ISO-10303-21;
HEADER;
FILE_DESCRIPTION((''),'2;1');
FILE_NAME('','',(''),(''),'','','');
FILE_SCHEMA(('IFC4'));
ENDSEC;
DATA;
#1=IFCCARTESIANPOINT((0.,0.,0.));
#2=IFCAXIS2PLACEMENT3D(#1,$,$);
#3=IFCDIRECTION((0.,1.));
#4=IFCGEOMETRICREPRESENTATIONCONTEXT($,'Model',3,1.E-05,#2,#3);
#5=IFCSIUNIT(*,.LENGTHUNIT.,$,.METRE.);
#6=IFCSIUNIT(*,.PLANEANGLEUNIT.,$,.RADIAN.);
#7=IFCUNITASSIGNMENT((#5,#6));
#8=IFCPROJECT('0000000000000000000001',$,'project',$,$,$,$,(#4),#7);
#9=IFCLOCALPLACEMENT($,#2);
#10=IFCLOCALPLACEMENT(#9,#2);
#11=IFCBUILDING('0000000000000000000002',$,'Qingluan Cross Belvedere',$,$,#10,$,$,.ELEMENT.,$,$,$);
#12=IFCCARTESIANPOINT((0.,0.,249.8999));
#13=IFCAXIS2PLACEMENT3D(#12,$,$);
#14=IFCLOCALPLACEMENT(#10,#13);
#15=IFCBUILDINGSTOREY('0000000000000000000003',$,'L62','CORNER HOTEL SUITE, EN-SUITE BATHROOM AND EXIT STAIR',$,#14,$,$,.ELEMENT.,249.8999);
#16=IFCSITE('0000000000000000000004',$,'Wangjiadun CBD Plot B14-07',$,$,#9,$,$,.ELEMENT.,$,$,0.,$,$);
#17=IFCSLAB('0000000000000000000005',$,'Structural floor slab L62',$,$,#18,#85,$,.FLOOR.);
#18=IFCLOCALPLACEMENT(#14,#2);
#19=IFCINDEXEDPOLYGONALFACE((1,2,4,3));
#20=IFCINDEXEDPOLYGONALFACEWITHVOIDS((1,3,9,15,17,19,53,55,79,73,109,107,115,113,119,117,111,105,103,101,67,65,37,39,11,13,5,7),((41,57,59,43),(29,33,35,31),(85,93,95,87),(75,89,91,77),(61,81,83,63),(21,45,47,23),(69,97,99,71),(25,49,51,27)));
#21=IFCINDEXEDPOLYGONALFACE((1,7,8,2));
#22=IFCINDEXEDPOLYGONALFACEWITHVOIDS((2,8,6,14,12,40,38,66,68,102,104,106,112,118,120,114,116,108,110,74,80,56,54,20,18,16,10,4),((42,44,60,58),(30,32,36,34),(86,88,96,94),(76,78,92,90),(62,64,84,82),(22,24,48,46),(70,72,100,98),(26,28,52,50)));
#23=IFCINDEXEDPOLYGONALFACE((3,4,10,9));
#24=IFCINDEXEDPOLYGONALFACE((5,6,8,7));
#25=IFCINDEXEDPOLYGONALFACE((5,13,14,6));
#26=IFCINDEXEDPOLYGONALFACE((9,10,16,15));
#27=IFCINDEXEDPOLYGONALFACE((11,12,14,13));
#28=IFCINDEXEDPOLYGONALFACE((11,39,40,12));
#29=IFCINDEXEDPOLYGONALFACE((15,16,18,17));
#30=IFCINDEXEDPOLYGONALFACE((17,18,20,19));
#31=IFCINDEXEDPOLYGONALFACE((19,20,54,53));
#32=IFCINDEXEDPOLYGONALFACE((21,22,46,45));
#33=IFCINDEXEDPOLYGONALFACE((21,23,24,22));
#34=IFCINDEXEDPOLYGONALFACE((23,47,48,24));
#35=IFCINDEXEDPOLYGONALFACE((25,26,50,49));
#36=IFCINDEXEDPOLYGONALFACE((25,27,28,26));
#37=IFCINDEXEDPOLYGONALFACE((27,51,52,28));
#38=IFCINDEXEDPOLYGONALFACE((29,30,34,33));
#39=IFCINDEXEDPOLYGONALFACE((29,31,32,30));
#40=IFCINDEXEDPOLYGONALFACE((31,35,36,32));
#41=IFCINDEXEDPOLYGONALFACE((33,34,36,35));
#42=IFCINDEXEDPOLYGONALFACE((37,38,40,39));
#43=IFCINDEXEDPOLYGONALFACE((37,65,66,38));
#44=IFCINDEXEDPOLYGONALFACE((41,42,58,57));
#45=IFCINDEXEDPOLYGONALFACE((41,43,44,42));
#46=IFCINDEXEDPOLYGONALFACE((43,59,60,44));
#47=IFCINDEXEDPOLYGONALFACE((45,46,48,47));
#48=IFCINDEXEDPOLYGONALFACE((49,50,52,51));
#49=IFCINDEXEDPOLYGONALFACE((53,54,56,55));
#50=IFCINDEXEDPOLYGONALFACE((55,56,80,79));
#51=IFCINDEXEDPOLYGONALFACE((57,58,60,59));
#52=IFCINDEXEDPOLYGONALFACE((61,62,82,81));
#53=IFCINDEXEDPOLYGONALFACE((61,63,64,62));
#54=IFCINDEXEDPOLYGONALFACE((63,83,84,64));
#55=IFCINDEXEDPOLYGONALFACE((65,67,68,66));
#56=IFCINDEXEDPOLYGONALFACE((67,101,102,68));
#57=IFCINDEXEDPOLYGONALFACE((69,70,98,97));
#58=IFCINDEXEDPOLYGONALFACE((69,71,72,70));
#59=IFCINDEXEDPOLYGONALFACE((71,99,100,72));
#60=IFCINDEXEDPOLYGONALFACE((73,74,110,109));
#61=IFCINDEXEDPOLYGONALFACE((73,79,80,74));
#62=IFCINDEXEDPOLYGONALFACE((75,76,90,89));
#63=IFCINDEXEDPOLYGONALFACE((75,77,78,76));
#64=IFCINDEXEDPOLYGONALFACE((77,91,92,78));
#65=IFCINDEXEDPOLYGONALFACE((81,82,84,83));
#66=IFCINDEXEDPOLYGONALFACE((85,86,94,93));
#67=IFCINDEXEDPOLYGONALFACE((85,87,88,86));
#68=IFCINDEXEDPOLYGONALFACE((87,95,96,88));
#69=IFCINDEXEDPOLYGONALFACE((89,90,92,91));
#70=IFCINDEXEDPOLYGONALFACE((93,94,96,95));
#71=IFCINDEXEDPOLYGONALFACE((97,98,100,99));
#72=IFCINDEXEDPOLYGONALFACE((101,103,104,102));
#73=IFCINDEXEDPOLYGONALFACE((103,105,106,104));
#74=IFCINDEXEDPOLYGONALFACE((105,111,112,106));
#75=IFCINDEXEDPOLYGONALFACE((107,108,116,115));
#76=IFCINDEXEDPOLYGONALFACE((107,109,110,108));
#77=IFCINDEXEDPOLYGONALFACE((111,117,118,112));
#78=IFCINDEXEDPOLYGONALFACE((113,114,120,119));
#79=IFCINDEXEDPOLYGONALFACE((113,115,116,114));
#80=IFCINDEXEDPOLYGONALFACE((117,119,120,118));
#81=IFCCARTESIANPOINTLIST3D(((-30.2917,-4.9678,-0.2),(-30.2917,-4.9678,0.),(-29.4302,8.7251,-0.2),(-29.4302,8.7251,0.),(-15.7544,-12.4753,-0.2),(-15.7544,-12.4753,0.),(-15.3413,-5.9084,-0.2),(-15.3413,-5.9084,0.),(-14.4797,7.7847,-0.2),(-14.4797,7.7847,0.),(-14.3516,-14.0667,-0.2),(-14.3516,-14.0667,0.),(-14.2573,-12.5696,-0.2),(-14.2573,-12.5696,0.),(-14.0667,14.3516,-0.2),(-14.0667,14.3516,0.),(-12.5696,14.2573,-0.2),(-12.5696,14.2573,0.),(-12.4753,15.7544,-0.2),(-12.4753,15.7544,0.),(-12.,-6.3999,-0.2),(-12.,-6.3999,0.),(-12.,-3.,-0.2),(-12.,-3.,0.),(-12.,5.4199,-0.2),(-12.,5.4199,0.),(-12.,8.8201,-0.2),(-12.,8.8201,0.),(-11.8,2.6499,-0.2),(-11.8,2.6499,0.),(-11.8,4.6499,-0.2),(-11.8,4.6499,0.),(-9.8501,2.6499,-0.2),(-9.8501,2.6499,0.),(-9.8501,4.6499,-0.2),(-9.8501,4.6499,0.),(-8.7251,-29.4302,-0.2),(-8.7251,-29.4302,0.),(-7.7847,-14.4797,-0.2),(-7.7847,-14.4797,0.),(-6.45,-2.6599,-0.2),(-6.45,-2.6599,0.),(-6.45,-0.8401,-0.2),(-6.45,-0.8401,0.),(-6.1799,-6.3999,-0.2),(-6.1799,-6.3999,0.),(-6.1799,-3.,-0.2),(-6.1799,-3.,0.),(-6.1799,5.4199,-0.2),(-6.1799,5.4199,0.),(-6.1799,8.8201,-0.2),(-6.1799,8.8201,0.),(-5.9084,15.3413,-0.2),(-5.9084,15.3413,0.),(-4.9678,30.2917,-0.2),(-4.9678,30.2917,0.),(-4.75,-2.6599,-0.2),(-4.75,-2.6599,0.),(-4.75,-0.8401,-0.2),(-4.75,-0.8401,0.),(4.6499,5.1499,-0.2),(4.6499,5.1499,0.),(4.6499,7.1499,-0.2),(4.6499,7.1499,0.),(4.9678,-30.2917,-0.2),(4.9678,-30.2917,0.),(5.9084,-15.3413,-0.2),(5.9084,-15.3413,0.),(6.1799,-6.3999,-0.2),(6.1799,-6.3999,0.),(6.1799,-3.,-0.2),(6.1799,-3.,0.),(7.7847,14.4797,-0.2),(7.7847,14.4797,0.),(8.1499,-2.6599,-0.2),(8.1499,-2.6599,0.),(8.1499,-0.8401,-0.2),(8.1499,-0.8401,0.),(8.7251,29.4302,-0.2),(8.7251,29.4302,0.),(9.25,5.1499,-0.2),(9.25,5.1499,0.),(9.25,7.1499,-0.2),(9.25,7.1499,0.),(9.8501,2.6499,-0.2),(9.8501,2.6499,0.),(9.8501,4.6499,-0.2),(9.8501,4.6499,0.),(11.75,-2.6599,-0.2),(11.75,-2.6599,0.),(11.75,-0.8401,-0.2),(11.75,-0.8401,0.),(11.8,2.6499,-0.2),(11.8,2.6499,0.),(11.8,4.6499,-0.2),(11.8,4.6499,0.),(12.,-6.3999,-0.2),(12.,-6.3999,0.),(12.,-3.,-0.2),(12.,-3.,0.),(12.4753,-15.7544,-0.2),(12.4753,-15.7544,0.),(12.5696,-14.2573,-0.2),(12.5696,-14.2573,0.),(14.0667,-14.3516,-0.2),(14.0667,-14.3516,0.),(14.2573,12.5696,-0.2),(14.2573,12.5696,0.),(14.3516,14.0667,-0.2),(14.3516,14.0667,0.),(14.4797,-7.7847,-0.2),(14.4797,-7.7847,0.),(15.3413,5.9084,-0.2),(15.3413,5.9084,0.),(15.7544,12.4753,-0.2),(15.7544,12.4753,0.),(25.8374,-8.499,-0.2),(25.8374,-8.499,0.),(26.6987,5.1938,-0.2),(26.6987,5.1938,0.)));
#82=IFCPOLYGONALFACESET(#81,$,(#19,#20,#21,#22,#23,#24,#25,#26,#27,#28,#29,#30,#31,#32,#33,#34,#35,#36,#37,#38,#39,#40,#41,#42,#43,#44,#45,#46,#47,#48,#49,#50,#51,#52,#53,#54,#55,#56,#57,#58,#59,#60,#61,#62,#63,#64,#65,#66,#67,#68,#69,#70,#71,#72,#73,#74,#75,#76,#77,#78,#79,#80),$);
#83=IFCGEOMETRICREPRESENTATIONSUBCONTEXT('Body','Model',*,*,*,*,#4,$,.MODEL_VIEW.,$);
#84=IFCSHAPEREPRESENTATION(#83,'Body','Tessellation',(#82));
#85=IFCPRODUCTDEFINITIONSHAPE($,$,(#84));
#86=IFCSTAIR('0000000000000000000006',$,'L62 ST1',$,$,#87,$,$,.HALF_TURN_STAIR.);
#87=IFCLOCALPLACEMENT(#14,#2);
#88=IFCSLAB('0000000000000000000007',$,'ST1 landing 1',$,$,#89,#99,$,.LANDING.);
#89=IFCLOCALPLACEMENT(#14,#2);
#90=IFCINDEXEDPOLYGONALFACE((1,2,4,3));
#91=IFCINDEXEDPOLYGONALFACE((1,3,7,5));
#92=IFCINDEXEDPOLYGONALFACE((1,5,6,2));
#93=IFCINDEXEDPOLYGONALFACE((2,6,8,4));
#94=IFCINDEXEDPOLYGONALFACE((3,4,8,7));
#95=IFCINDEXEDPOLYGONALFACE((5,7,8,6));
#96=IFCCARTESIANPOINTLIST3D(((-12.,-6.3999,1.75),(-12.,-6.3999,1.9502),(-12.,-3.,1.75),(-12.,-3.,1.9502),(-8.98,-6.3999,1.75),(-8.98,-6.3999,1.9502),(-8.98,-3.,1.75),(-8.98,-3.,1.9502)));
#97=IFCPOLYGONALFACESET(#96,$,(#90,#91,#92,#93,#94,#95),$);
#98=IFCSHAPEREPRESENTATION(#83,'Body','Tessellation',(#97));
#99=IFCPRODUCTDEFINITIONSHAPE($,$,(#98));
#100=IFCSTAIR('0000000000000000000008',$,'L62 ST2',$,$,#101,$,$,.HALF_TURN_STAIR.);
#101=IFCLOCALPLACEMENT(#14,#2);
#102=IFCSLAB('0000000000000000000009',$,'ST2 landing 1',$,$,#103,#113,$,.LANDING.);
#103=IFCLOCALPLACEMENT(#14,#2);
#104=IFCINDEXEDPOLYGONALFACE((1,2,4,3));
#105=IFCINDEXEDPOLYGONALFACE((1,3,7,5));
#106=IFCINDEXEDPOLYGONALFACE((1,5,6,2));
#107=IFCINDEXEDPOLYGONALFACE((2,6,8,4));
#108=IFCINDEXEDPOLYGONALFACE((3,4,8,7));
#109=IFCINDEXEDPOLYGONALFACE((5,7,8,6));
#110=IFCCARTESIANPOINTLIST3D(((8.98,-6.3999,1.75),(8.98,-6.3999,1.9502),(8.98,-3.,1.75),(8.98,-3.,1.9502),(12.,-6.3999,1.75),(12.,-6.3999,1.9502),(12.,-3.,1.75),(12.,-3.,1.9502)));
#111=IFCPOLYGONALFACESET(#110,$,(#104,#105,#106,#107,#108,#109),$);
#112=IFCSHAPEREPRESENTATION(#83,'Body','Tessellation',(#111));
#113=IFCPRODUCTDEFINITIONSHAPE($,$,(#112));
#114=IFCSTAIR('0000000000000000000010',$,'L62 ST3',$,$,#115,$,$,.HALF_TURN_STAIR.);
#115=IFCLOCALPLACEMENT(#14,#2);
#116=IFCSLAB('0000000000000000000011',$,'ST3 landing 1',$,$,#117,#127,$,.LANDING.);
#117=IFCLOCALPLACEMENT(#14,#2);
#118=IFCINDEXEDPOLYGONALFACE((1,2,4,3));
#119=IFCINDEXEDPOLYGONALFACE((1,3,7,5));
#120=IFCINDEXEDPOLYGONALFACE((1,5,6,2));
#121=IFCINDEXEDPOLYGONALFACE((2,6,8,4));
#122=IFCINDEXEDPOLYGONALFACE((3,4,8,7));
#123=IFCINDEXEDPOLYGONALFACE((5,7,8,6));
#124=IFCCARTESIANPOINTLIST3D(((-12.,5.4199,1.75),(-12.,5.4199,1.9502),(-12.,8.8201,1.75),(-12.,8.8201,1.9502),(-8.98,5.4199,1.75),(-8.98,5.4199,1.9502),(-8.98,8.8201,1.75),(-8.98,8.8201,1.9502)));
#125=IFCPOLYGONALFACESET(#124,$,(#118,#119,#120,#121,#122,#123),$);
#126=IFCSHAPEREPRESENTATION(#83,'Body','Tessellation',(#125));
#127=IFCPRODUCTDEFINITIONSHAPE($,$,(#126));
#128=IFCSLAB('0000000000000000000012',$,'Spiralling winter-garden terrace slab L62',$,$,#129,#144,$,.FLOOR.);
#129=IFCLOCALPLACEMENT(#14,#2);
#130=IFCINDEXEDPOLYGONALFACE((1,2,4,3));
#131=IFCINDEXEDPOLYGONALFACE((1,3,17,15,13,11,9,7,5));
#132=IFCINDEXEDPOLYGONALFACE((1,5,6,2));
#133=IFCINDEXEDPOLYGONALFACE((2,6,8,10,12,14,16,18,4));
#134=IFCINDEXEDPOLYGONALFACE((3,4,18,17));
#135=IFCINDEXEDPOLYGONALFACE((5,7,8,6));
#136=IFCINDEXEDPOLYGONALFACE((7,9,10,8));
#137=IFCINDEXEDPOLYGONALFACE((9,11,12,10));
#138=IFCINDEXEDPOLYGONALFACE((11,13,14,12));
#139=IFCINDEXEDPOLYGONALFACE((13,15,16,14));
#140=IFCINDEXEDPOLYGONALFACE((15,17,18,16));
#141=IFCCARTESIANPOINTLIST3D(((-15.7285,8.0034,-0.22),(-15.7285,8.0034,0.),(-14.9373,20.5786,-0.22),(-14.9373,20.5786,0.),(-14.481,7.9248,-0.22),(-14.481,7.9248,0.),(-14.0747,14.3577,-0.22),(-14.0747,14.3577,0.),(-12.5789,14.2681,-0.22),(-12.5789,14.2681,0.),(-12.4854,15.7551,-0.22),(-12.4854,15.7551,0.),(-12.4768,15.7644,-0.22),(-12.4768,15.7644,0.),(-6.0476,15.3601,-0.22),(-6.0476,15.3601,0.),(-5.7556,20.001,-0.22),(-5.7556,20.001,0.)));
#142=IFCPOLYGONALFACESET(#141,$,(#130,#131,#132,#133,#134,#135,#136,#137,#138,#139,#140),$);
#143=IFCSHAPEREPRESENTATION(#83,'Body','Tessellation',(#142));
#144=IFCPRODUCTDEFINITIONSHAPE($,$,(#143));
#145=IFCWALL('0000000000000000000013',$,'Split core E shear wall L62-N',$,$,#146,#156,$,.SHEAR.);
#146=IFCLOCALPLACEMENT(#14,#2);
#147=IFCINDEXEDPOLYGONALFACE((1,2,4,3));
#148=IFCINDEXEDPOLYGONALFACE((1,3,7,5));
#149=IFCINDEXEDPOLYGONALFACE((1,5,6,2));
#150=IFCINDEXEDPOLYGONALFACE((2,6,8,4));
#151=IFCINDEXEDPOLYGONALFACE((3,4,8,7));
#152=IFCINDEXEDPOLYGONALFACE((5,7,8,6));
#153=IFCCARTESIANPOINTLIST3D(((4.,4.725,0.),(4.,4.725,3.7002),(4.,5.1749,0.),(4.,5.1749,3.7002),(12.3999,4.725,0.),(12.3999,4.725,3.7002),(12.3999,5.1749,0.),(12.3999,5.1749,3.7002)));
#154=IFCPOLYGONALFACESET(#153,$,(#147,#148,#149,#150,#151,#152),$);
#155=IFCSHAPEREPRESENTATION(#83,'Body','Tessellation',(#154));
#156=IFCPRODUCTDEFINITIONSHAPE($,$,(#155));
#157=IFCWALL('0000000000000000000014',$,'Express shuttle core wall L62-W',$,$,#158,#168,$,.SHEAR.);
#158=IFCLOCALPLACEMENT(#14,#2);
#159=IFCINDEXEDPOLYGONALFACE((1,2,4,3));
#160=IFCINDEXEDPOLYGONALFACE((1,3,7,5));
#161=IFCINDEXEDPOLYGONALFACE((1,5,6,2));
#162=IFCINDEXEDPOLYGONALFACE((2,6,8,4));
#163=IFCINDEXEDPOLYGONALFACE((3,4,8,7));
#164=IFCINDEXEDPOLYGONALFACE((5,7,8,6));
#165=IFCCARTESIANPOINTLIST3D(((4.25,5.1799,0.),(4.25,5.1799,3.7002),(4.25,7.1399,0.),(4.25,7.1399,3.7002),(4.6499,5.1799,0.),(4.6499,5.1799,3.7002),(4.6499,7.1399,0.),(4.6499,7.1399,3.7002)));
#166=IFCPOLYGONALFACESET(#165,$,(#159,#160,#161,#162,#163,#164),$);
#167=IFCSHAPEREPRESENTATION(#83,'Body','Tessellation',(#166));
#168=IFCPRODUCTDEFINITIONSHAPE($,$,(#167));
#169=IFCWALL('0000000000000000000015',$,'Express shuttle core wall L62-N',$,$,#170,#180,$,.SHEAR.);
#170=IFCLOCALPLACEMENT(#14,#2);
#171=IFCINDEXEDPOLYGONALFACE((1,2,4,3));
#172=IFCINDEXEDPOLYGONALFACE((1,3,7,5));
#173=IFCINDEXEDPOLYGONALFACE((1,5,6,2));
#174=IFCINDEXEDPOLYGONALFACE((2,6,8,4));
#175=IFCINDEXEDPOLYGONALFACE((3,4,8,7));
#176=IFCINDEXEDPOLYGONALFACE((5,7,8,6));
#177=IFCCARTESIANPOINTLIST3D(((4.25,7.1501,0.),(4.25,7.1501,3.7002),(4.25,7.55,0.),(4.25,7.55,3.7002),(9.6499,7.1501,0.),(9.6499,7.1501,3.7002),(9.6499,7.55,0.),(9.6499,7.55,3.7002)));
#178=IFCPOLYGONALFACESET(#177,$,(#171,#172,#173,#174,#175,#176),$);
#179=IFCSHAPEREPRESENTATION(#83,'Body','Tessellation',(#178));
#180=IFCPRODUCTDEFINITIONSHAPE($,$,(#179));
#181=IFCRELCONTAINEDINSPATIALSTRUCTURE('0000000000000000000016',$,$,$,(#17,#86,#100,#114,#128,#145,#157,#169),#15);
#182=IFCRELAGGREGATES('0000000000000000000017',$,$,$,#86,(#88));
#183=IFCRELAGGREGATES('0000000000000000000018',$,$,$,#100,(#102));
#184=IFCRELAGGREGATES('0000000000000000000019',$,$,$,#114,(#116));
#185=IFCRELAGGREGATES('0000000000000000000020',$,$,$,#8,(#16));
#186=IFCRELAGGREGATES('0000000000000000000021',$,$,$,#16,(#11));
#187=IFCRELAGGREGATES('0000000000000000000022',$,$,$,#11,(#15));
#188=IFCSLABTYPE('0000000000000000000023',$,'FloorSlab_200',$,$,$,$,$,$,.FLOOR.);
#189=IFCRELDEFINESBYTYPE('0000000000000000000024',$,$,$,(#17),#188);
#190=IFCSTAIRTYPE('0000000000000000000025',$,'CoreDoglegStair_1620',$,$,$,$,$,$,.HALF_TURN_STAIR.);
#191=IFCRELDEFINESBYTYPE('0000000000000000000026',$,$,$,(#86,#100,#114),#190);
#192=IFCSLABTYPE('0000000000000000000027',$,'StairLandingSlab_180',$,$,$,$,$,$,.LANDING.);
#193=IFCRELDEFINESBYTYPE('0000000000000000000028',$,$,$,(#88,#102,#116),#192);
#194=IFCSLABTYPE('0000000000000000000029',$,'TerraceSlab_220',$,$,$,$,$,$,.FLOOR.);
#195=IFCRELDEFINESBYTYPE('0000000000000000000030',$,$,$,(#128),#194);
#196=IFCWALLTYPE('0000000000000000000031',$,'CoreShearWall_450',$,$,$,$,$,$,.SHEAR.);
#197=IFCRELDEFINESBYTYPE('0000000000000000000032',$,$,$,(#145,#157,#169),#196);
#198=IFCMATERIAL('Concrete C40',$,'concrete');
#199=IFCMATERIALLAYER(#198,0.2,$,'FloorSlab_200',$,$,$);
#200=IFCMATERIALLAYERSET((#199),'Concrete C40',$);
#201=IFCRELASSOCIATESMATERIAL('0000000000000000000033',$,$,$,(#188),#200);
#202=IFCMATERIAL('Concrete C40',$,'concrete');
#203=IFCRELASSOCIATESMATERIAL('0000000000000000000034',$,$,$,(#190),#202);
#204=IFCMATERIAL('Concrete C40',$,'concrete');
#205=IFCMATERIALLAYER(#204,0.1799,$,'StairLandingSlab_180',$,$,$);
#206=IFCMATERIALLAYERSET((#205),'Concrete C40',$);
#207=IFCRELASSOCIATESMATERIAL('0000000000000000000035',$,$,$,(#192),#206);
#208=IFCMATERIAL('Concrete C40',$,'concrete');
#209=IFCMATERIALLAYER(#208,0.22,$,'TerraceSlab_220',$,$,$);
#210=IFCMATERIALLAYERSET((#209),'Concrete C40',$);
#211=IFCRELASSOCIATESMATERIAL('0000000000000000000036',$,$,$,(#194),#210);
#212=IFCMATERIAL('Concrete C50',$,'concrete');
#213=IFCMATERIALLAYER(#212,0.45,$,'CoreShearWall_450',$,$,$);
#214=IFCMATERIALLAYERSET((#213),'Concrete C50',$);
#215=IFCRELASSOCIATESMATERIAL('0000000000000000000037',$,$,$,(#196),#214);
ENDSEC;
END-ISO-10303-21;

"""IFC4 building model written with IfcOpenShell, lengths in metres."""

from ifc_helpers import new_model, si_unit, direction, frame, frame_2d, origin, place, context, subcontext, project, spatial, polyline, rectangle, outline, extrude, material, layer, layer_set, type_object, element, aggregate, save


model = new_model("IFC4")

# Units and contexts
model_context = context("Model", 3, precision=1e-05, world=origin(), true_north=direction((0.0, 1.0)))
body_context = subcontext(model_context, "Body", "Model", "MODEL_VIEW")
ifc_project = project(units=[si_unit("LENGTHUNIT", "METRE"), si_unit("PLANEANGLEUNIT", "RADIAN")], contexts=[model_context])

# Site, building, storey
site_placement = place(None, origin())
site = spatial("IfcSite", under=ifc_project, at=site_placement, Name="Wangjiadun CBD Plot B14-07", CompositionType="ELEMENT", RefElevation=0.0)
building_placement = place(site_placement, origin())
building = spatial("IfcBuilding", under=site, at=building_placement, Name="Qingluan Cross Belvedere", CompositionType="ELEMENT")
storey_placement = place(building_placement, frame((0.0, 0.0, 249.8999)))
storey = spatial("IfcBuildingStorey", under=building, at=storey_placement, Name="L62", Description="CORNER HOTEL SUITE, EN-SUITE BATHROOM AND EXIT STAIR", CompositionType="ELEMENT", Elevation=249.8999)

# Slab
ifc_material_1 = material(Name="Concrete C40", Category="concrete")
ifc_layer_1 = layer(ifc_material_1, 0.2, Name="FloorSlab_200")
ifc_layer_set_1 = layer_set([ifc_layer_1], Name="Concrete C40")
slab_type_1 = type_object("IfcSlabType", Name="FloorSlab_200", PredefinedType="FLOOR", material=ifc_layer_set_1)
slab_1_placement = place(storey_placement, frame((0.0, 0.0, -0.2)))
element("IfcSlab", 1, at=slab_1_placement, inside=storey, type_object=slab_type_1, Name="Structural floor slab L62", PredefinedType="FLOOR", context=body_context, shape_type="SweptSolid", body=[
    extrude(outline(polyline([(4.9678, -30.2917), (5.9084, -15.3413), (12.4753, -15.7544), (12.5696, -14.2573), (14.0667, -14.3516), (14.4797, -7.7847), (25.8374, -8.499), (26.6987, 5.1938), (15.3413, 5.9084), (15.7544, 12.4753), (14.2573, 12.5696), (14.3516, 14.0667), (7.7847, 14.4797), (8.7251, 29.4302), (-4.9678, 30.2917), (-5.9084, 15.3413), (-12.4753, 15.7544), (-12.5696, 14.2573), (-14.0667, 14.3516), (-14.4797, 7.7847), (-29.4302, 8.7251), (-30.2917, -4.9678), (-15.3413, -5.9084), (-15.7544, -12.4753), (-14.2573, -12.5696), (-14.3516, -14.0667), (-7.7847, -14.4797), (-8.7251, -29.4302), (4.9678, -30.2917)]), holes=[polyline([(-12.0, -3.0), (-6.1799, -3.0), (-6.1799, -6.3999), (-12.0, -6.3999), (-12.0, -3.0)]), polyline([(6.1799, -3.0), (12.0, -3.0), (12.0, -6.3999), (6.1799, -6.3999), (6.1799, -3.0)]), polyline([(-12.0, 8.8201), (-6.1799, 8.8201), (-6.1799, 5.4199), (-12.0, 5.4199), (-12.0, 8.8201)]), polyline([(-11.8, 4.6499), (-9.8501, 4.6499), (-9.8501, 2.6499), (-11.8, 2.6499), (-11.8, 4.6499)]), polyline([(9.8501, 4.6499), (11.8, 4.6499), (11.8, 2.6499), (9.8501, 2.6499), (9.8501, 4.6499)]), polyline([(-6.45, -0.8401), (-4.75, -0.8401), (-4.75, -2.6599), (-6.45, -2.6599), (-6.45, -0.8401)]), polyline([(8.1499, -0.8401), (11.75, -0.8401), (11.75, -2.6599), (8.1499, -2.6599), (8.1499, -0.8401)]), polyline([(4.6499, 7.1499), (9.25, 7.1499), (9.25, 5.1499), (4.6499, 5.1499), (4.6499, 7.1499)])]), origin(), (0.0, 0.0, 1.0), 0.2),
])

# Stairs, slabs
ifc_material_2 = material(Name="Concrete C40", Category="concrete")
stair_type = type_object("IfcStairType", Name="CoreDoglegStair_1620", PredefinedType="HALF_TURN_STAIR", material=ifc_material_2)
stair_1_placement = place(storey_placement, origin())
stair_1 = element("IfcStair", 2, at=stair_1_placement, inside=storey, type_object=stair_type, Name="L62 ST1", PredefinedType="HALF_TURN_STAIR")
ifc_material_3 = material(Name="Concrete C40", Category="concrete")
ifc_layer_2 = layer(ifc_material_3, 0.1799, Name="StairLandingSlab_180")
ifc_layer_set_2 = layer_set([ifc_layer_2], Name="Concrete C40")
slab_type_2 = type_object("IfcSlabType", Name="StairLandingSlab_180", PredefinedType="LANDING", material=ifc_layer_set_2)
slab_2_placement = place(storey_placement, frame((0.0, 0.0, 1.75)))
slab_2 = element("IfcSlab", 3, at=slab_2_placement, type_object=slab_type_2, Name="ST1 landing 1", PredefinedType="LANDING", context=body_context, shape_type="SweptSolid", body=[
    extrude(outline(polyline([(-8.98, -3.0), (-12.0, -3.0), (-12.0, -6.3999), (-8.98, -6.3999), (-8.98, -3.0)])), origin(), (0.0, 0.0, 1.0), 0.2002),
])
aggregate(stair_1, [slab_2])
stair_2_placement = place(storey_placement, origin())
stair_2 = element("IfcStair", 4, at=stair_2_placement, inside=storey, type_object=stair_type, Name="L62 ST2", PredefinedType="HALF_TURN_STAIR")
slab_3_placement = place(storey_placement, frame((0.0, 0.0, 1.75)))
slab_3 = element("IfcSlab", 5, at=slab_3_placement, type_object=slab_type_2, Name="ST2 landing 1", PredefinedType="LANDING", context=body_context, shape_type="SweptSolid", body=[
    extrude(outline(polyline([(8.98, -6.3999), (12.0, -6.3999), (12.0, -3.0), (8.98, -3.0), (8.98, -6.3999)])), origin(), (0.0, 0.0, 1.0), 0.2002),
])
aggregate(stair_2, [slab_3])
stair_3_placement = place(storey_placement, origin())
stair_3 = element("IfcStair", 6, at=stair_3_placement, inside=storey, type_object=stair_type, Name="L62 ST3", PredefinedType="HALF_TURN_STAIR")
slab_4_placement = place(storey_placement, frame((0.0, 0.0, 1.75)))
slab_4 = element("IfcSlab", 7, at=slab_4_placement, type_object=slab_type_2, Name="ST3 landing 1", PredefinedType="LANDING", context=body_context, shape_type="SweptSolid", body=[
    extrude(outline(polyline([(-8.98, 8.8201), (-12.0, 8.8201), (-12.0, 5.4199), (-8.98, 5.4199), (-8.98, 8.8201)])), origin(), (0.0, 0.0, 1.0), 0.2002),
])
aggregate(stair_3, [slab_4])

# Slab
ifc_material_4 = material(Name="Concrete C40", Category="concrete")
ifc_layer_3 = layer(ifc_material_4, 0.22, Name="TerraceSlab_220")
ifc_layer_set_3 = layer_set([ifc_layer_3], Name="Concrete C40")
slab_type_3 = type_object("IfcSlabType", Name="TerraceSlab_220", PredefinedType="FLOOR", material=ifc_layer_set_3)
slab_5_placement = place(storey_placement, frame((0.0, 0.0, -0.22)))
element("IfcSlab", 8, at=slab_5_placement, inside=storey, type_object=slab_type_3, Name="Spiralling winter-garden terrace slab L62", PredefinedType="FLOOR", context=body_context, shape_type="SweptSolid", body=[
    extrude(outline(polyline([(-14.481, 7.9248), (-14.0747, 14.3577), (-12.5789, 14.2681), (-12.4854, 15.7551), (-12.4768, 15.7644), (-6.0476, 15.3601), (-5.7556, 20.001), (-14.9373, 20.5786), (-15.7285, 8.0034), (-14.481, 7.9248)])), origin(), (0.0, 0.0, 1.0), 0.22),
])

# Walls
ifc_material_5 = material(Name="Concrete C50", Category="concrete")
ifc_layer_4 = layer(ifc_material_5, 0.45, Name="CoreShearWall_450")
ifc_layer_set_4 = layer_set([ifc_layer_4], Name="Concrete C50")
wall_type_1 = type_object("IfcWallType", Name="CoreShearWall_450", PredefinedType="SHEAR", material=ifc_layer_set_4)
wall_1_placement = place(storey_placement, frame((4.0, 4.95, 0.0), z_axis=(0.0, 0.0, 1.0), x_axis=(1.0, 0.0, 0.0)))
element("IfcWall", 9, at=wall_1_placement, inside=storey, type_object=wall_type_1, Name="Split core E shear wall L62-N", PredefinedType="SHEAR", context=body_context, shape_type="SweptSolid", body=[
    extrude(rectangle(XDim=8.3999, YDim=0.45, at=frame_2d((4.2, 0.0))), origin(), (0.0, 0.0, 1.0), 3.7002),
])
wall_2_placement = place(storey_placement, frame((4.45, 5.1799, 0.0), z_axis=(0.0, 0.0, 1.0), x_axis=(0.0, 1.0, 0.0)))
element("IfcWall", 10, at=wall_2_placement, inside=storey, type_object=wall_type_1, Name="Express shuttle core wall L62-W", PredefinedType="SHEAR", context=body_context, shape_type="SweptSolid", body=[
    extrude(rectangle(XDim=1.96, YDim=0.3999, at=frame_2d((0.98, 0.0))), origin(), (0.0, 0.0, 1.0), 3.7002),
])
wall_3_placement = place(storey_placement, frame((4.25, 7.3501, 0.0), z_axis=(0.0, 0.0, 1.0), x_axis=(1.0, 0.0, 0.0)))
element("IfcWall", 11, at=wall_3_placement, inside=storey, type_object=wall_type_1, Name="Express shuttle core wall L62-N", PredefinedType="SHEAR", context=body_context, shape_type="SweptSolid", body=[
    extrude(rectangle(XDim=5.3999, YDim=0.3999, at=frame_2d((2.7, 0.0))), origin(), (0.0, 0.0, 1.0), 3.7002),
])

save(model, "model.ifc")
